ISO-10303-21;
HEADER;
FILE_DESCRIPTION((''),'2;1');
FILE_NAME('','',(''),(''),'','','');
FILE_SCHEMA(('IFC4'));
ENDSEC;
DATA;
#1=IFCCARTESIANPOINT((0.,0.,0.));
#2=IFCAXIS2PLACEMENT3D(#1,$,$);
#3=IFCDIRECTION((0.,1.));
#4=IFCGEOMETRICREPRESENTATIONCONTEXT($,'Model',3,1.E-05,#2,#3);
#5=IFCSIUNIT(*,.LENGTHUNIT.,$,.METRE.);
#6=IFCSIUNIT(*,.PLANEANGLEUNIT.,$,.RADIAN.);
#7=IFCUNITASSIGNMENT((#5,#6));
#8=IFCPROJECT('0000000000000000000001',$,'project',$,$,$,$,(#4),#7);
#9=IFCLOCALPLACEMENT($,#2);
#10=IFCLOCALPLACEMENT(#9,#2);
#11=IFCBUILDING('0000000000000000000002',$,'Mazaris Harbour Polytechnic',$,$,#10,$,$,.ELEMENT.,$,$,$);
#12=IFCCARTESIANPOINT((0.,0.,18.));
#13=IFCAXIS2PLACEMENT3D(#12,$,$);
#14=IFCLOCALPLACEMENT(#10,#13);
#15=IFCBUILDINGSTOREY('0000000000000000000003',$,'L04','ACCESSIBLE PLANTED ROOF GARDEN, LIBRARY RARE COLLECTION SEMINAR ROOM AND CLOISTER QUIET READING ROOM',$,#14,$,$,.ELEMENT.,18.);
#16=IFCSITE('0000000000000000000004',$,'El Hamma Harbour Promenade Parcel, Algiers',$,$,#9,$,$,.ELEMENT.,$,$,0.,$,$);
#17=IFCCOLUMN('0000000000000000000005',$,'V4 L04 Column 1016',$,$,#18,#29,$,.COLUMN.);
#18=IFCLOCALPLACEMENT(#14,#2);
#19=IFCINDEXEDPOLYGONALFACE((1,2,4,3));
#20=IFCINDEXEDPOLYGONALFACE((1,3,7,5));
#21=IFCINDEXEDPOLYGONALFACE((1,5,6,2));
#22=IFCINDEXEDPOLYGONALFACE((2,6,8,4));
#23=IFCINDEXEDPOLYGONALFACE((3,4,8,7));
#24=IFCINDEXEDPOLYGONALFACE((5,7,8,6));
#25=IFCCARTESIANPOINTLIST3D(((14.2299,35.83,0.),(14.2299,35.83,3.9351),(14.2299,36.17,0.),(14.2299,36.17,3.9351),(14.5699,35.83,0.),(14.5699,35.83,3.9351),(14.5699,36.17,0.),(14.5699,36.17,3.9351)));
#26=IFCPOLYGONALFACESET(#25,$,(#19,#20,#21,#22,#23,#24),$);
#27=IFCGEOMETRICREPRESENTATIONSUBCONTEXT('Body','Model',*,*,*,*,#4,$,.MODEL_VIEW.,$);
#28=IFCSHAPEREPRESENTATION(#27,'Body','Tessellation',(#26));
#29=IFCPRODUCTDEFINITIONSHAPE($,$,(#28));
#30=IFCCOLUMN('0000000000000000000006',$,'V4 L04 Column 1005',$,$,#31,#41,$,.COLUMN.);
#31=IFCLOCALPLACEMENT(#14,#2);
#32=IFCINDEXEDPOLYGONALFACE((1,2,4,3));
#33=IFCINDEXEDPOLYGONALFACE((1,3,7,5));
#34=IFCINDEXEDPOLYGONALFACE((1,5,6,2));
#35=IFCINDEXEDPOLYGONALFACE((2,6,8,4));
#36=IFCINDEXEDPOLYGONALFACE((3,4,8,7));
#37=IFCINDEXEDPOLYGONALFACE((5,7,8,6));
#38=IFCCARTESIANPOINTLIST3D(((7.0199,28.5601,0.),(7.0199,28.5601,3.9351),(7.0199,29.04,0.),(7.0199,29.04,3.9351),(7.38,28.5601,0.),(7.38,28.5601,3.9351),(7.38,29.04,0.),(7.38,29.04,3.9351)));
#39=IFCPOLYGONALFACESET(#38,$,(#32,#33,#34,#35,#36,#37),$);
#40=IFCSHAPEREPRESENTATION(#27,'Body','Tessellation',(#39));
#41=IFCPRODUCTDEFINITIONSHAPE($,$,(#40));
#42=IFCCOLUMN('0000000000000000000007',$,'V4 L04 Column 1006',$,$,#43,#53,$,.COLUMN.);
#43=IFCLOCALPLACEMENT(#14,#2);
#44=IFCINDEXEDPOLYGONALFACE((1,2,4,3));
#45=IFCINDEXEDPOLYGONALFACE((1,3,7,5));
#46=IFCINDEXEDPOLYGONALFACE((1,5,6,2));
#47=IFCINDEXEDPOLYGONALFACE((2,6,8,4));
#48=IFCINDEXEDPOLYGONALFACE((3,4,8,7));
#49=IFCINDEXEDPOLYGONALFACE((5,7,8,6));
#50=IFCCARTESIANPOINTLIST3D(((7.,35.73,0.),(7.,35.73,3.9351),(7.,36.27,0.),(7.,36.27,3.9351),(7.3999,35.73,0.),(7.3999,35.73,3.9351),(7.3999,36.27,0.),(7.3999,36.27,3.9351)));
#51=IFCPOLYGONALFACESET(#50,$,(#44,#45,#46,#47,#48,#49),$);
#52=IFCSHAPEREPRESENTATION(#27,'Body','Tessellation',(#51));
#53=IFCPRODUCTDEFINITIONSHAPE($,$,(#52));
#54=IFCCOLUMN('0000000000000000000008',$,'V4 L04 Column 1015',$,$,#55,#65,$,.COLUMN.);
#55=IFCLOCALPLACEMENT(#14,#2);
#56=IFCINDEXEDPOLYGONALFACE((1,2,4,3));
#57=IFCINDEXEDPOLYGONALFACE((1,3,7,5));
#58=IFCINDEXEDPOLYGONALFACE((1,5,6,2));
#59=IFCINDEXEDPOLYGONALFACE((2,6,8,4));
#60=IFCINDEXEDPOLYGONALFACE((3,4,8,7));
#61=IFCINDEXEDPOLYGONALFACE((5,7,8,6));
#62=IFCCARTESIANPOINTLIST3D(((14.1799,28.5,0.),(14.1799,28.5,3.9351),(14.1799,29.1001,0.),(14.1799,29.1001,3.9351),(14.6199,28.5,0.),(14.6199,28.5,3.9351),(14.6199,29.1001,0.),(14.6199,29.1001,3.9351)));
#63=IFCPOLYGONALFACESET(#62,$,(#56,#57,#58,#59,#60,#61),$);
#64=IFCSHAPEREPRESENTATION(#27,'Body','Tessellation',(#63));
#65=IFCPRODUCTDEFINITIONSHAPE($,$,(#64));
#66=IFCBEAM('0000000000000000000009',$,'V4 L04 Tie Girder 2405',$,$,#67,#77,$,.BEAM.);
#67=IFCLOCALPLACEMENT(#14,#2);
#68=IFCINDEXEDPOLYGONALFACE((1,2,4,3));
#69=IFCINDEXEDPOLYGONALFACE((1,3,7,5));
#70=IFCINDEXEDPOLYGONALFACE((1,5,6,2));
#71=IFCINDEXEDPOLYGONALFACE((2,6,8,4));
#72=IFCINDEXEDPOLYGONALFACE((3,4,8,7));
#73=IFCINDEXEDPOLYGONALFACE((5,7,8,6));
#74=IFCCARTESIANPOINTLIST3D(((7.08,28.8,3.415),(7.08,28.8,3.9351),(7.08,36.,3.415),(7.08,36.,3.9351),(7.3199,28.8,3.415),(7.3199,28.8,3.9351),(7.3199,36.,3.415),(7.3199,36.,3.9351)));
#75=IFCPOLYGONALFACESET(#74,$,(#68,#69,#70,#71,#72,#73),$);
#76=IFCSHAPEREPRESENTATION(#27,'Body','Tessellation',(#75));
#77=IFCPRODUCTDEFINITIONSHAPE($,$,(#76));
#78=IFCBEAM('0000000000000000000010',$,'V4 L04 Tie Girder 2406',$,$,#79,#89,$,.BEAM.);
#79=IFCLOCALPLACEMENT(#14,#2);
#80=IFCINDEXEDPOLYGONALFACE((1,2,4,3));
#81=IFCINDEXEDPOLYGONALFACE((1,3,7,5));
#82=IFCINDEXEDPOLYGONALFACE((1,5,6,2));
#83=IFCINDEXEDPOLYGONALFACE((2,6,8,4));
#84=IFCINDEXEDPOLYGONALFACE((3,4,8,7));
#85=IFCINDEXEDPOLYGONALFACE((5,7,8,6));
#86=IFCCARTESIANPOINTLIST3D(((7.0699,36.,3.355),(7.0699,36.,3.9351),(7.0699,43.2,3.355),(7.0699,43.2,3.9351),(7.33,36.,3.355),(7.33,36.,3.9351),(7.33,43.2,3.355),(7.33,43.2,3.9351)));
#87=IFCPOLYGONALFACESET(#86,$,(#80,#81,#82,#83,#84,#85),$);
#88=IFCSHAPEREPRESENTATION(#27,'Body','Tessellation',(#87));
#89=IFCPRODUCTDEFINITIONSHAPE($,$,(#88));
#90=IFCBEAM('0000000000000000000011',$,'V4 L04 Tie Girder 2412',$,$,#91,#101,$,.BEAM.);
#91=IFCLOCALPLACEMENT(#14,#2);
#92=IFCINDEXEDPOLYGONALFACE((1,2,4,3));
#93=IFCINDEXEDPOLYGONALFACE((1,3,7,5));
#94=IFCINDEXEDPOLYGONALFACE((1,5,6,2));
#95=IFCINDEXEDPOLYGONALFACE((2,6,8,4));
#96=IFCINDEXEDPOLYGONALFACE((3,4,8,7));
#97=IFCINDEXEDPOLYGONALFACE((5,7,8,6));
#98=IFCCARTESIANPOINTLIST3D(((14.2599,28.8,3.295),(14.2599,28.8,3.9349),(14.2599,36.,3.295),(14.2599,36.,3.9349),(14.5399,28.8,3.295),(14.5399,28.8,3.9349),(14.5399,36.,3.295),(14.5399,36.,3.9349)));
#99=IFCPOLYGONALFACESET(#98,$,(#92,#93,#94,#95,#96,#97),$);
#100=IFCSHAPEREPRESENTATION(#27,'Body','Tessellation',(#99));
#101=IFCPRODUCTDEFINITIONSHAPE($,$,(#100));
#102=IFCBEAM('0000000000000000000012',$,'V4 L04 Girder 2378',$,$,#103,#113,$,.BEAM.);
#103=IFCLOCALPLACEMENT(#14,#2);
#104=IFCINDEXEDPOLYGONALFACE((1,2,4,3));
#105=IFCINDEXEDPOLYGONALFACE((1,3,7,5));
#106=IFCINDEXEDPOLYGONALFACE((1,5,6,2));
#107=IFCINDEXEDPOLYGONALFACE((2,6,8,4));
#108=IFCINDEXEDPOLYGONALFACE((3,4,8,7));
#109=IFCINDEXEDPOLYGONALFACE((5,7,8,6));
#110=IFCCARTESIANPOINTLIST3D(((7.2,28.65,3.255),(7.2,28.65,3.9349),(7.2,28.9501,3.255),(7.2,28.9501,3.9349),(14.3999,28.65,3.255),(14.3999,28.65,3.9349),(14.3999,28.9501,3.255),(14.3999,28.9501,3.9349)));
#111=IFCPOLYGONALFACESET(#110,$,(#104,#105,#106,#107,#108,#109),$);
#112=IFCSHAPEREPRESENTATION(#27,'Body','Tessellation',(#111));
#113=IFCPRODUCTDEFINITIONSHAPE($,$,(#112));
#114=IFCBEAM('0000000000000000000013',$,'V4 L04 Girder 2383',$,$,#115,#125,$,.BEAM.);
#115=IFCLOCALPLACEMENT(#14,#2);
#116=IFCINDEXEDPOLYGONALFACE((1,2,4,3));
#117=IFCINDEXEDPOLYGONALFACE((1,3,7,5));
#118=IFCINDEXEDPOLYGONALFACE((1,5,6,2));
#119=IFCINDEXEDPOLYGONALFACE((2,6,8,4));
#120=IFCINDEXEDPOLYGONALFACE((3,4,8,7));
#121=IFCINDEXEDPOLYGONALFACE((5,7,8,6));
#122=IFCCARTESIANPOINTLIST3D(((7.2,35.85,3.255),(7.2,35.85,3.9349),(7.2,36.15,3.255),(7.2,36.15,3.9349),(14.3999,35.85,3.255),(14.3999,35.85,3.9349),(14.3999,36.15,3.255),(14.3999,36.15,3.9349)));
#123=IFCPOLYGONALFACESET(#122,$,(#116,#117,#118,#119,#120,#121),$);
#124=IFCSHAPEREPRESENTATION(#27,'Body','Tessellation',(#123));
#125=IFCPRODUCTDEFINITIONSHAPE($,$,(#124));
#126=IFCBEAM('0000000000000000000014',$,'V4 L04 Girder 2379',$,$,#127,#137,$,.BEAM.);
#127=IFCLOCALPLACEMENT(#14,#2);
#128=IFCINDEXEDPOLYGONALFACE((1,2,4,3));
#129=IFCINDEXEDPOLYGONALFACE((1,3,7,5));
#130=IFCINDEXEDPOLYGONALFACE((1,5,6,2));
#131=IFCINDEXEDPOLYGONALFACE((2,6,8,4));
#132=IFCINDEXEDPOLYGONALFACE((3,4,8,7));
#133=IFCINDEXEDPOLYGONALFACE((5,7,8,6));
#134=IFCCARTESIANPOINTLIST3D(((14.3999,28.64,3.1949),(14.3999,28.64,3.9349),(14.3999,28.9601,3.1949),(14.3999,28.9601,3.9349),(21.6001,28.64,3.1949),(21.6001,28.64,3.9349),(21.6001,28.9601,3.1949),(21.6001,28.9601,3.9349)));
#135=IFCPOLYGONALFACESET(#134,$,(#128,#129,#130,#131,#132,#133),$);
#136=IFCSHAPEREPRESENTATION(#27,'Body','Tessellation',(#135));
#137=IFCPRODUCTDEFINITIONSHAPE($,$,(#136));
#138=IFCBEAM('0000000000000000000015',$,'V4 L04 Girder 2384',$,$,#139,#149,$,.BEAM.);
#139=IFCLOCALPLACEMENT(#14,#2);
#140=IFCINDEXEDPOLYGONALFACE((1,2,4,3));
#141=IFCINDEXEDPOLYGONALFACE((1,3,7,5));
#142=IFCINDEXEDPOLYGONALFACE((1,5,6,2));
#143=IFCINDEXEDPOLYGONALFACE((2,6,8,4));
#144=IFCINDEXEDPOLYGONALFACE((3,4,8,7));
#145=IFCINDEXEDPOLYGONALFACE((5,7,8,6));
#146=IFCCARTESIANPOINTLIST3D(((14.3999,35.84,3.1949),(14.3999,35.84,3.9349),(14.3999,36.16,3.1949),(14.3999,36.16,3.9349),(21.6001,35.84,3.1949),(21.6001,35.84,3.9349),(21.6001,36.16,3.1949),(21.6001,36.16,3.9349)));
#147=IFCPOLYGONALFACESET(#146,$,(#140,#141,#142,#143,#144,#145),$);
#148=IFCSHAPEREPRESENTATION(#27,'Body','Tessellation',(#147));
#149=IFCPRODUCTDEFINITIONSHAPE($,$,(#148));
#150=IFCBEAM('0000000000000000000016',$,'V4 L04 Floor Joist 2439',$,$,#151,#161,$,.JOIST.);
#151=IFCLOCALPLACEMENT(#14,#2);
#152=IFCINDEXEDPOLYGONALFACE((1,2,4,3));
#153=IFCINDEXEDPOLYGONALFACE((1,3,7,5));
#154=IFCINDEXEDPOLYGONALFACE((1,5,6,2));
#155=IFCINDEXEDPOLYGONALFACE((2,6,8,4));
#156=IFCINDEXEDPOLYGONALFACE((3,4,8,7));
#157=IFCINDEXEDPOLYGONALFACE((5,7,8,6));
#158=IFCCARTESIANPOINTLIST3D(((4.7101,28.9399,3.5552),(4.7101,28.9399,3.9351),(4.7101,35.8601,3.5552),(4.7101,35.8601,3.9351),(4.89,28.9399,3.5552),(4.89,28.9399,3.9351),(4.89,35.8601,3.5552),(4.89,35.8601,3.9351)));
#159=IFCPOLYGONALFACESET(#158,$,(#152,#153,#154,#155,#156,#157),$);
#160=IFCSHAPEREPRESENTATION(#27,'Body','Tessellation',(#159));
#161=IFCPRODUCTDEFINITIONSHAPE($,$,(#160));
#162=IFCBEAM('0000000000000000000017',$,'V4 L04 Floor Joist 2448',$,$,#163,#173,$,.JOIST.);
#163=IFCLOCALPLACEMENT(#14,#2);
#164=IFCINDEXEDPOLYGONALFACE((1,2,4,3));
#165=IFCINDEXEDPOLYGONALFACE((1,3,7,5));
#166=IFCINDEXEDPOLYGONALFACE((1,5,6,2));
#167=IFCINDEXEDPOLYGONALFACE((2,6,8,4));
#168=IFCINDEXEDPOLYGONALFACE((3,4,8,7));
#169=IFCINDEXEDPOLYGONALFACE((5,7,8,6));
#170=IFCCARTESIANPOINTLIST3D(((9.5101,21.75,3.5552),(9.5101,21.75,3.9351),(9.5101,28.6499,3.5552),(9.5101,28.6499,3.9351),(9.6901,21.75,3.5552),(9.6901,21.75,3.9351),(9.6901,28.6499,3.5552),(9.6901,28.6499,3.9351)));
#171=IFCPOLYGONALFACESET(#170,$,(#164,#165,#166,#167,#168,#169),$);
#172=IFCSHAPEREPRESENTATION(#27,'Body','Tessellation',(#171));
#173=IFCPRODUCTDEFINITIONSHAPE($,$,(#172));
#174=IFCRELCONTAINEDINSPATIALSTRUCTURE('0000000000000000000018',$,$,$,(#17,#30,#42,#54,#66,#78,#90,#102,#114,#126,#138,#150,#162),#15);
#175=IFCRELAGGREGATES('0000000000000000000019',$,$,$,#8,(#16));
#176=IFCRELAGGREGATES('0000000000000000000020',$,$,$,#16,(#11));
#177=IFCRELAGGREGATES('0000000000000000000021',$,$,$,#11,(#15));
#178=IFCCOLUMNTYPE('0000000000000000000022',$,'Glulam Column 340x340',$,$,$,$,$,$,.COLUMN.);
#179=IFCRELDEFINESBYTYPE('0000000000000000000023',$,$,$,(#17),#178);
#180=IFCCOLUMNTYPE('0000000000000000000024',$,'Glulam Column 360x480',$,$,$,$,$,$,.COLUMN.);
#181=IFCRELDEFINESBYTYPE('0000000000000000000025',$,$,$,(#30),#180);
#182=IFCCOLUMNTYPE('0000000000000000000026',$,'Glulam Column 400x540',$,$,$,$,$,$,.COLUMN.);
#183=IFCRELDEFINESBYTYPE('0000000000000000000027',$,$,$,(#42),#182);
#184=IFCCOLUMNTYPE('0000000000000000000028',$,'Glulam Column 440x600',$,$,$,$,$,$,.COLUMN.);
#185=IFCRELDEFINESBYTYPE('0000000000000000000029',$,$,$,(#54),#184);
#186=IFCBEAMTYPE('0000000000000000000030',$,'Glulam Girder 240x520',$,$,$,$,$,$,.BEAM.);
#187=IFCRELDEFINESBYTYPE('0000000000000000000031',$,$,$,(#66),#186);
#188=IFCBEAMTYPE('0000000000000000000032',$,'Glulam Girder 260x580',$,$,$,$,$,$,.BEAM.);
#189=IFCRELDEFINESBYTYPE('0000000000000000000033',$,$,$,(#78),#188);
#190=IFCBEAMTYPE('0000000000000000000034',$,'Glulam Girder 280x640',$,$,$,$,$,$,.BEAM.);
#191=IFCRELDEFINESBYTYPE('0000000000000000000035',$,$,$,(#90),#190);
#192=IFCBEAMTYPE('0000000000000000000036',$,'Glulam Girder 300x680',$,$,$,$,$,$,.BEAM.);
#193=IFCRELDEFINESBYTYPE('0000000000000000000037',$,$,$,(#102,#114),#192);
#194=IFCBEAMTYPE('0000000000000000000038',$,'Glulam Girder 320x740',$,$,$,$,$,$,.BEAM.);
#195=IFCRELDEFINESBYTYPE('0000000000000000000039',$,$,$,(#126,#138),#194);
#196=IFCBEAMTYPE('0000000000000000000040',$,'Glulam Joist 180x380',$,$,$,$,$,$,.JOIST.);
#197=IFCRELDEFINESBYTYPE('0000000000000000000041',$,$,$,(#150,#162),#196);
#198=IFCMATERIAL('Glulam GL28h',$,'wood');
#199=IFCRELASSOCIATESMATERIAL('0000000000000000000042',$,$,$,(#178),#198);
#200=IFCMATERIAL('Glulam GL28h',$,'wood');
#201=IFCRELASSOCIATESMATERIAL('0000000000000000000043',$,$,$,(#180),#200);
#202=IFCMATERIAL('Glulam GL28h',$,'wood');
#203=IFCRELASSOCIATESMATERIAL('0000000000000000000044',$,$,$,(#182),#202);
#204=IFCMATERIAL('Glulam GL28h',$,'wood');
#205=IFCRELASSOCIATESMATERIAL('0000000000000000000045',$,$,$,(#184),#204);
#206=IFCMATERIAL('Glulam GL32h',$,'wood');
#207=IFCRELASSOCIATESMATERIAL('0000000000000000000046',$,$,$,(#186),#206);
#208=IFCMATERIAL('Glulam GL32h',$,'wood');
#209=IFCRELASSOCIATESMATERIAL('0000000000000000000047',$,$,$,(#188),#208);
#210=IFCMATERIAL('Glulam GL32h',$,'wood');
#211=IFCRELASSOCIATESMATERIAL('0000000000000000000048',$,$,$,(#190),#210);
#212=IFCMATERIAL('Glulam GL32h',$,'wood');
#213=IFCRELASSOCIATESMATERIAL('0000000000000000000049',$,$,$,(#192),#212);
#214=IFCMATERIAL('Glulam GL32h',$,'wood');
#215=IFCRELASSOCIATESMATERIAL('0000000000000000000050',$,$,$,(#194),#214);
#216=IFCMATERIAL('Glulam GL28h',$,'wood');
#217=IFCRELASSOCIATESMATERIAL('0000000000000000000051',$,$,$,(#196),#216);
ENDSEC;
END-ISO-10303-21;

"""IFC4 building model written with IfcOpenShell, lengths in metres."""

from ifc_helpers import new_model, si_unit, direction, frame, origin, origin_2d, place, context, subcontext, project, spatial, rectangle, extrude, material, material_profile, profile_set, type_object, element, save


model = new_model("IFC4")

# Units and contexts
model_context = context("Model", 3, precision=1e-05, world=origin(), true_north=direction((0.0, 1.0)))
body_context = subcontext(model_context, "Body", "Model", "MODEL_VIEW")
ifc_project = project(units=[si_unit("LENGTHUNIT", "METRE"), si_unit("PLANEANGLEUNIT", "RADIAN")], contexts=[model_context])

# Site, building, storey
site_placement = place(None, origin())
site = spatial("IfcSite", under=ifc_project, at=site_placement, Name="El Hamma Harbour Promenade Parcel, Algiers", CompositionType="ELEMENT", RefElevation=0.0)
building_placement = place(site_placement, origin())
building = spatial("IfcBuilding", under=site, at=building_placement, Name="Mazaris Harbour Polytechnic", CompositionType="ELEMENT")
storey_placement = place(building_placement, frame((0.0, 0.0, 18.0)))
storey = spatial("IfcBuildingStorey", under=building, at=storey_placement, Name="L04", Description="ACCESSIBLE PLANTED ROOF GARDEN, LIBRARY RARE COLLECTION SEMINAR ROOM AND CLOISTER QUIET READING ROOM", CompositionType="ELEMENT", Elevation=18.0)

# Columns
ifc_material_1 = material(Name="Glulam GL28h", Category="wood")
ifc_material_profile_1 = material_profile(ifc_material_1, rectangle(XDim=0.3401, YDim=0.3401, at=origin_2d()), Name="RECT340x340")
ifc_profile_set_1 = profile_set([ifc_material_profile_1], Name="Glulam GL28h")
column_type_1 = type_object("IfcColumnType", Name="Glulam Column 340x340", PredefinedType="COLUMN", material=ifc_profile_set_1)
column_1_placement = place(storey_placement, frame((14.3999, 36.0, 0.0), z_axis=(0.0, 0.0, 1.0), x_axis=(1.0, 0.0, 0.0)))
element("IfcColumn", 1, at=column_1_placement, inside=storey, type_object=column_type_1, Name="V4 L04 Column 1016", PredefinedType="COLUMN", context=body_context, shape_type="SweptSolid", body=[
    extrude(rectangle(XDim=0.3401, YDim=0.3401, at=origin_2d()), origin(), (0.0, 0.0, 1.0), 3.9351),
])
ifc_material_2 = material(Name="Glulam GL28h", Category="wood")
ifc_material_profile_2 = material_profile(ifc_material_2, rectangle(XDim=0.3601, YDim=0.48, at=origin_2d()), Name="RECT360x480")
ifc_profile_set_2 = profile_set([ifc_material_profile_2], Name="Glulam GL28h")
column_type_2 = type_object("IfcColumnType", Name="Glulam Column 360x480", PredefinedType="COLUMN", material=ifc_profile_set_2)
column_2_placement = place(storey_placement, frame((7.2, 28.8, 0.0), z_axis=(0.0, 0.0, 1.0), x_axis=(1.0, 0.0, 0.0)))
element("IfcColumn", 2, at=column_2_placement, inside=storey, type_object=column_type_2, Name="V4 L04 Column 1005", PredefinedType="COLUMN", context=body_context, shape_type="SweptSolid", body=[
    extrude(rectangle(XDim=0.3601, YDim=0.48, at=origin_2d()), origin(), (0.0, 0.0, 1.0), 3.9351),
])
ifc_material_3 = material(Name="Glulam GL28h", Category="wood")
ifc_material_profile_3 = material_profile(ifc_material_3, rectangle(XDim=0.3999, YDim=0.54, at=origin_2d()), Name="RECT400x540")
ifc_profile_set_3 = profile_set([ifc_material_profile_3], Name="Glulam GL28h")
column_type_3 = type_object("IfcColumnType", Name="Glulam Column 400x540", PredefinedType="COLUMN", material=ifc_profile_set_3)
column_3_placement = place(storey_placement, frame((7.2, 36.0, 0.0), z_axis=(0.0, 0.0, 1.0), x_axis=(1.0, 0.0, 0.0)))
element("IfcColumn", 3, at=column_3_placement, inside=storey, type_object=column_type_3, Name="V4 L04 Column 1006", PredefinedType="COLUMN", context=body_context, shape_type="SweptSolid", body=[
    extrude(rectangle(XDim=0.3999, YDim=0.54, at=origin_2d()), origin(), (0.0, 0.0, 1.0), 3.9351),
])
ifc_material_4 = material(Name="Glulam GL28h", Category="wood")
ifc_material_profile_4 = material_profile(ifc_material_4, rectangle(XDim=0.4399, YDim=0.6001, at=origin_2d()), Name="RECT440x600")
ifc_profile_set_4 = profile_set([ifc_material_profile_4], Name="Glulam GL28h")
column_type_4 = type_object("IfcColumnType", Name="Glulam Column 440x600", PredefinedType="COLUMN", material=ifc_profile_set_4)
column_4_placement = place(storey_placement, frame((14.3999, 28.8, 0.0), z_axis=(0.0, 0.0, 1.0), x_axis=(1.0, 0.0, 0.0)))
element("IfcColumn", 4, at=column_4_placement, inside=storey, type_object=column_type_4, Name="V4 L04 Column 1015", PredefinedType="COLUMN", context=body_context, shape_type="SweptSolid", body=[
    extrude(rectangle(XDim=0.4399, YDim=0.6001, at=origin_2d()), origin(), (0.0, 0.0, 1.0), 3.9351),
])

# Beams
ifc_material_5 = material(Name="Glulam GL32h", Category="wood")
ifc_material_profile_5 = material_profile(ifc_material_5, rectangle(XDim=0.24, YDim=0.52, at=origin_2d()), Name="RECT240x520")
ifc_profile_set_5 = profile_set([ifc_material_profile_5], Name="Glulam GL32h")
beam_type_1 = type_object("IfcBeamType", Name="Glulam Girder 240x520", PredefinedType="BEAM", material=ifc_profile_set_5)
beam_1_placement = place(storey_placement, frame((7.2, 28.8, 3.675), z_axis=(0.0, 1.0, 0.0), x_axis=(-1.0, 0.0, 0.0)))
element("IfcBeam", 5, at=beam_1_placement, inside=storey, type_object=beam_type_1, Name="V4 L04 Tie Girder 2405", PredefinedType="BEAM", context=body_context, shape_type="SweptSolid", body=[
    extrude(rectangle(XDim=0.24, YDim=0.52, at=origin_2d()), origin(), (0.0, 0.0, 1.0), 7.2),
])
ifc_material_6 = material(Name="Glulam GL32h", Category="wood")
ifc_material_profile_6 = material_profile(ifc_material_6, rectangle(XDim=0.26, YDim=0.5801, at=origin_2d()), Name="RECT260x580")
ifc_profile_set_6 = profile_set([ifc_material_profile_6], Name="Glulam GL32h")
beam_type_2 = type_object("IfcBeamType", Name="Glulam Girder 260x580", PredefinedType="BEAM", material=ifc_profile_set_6)
beam_2_placement = place(storey_placement, frame((7.2, 36.0, 3.645), z_axis=(0.0, 1.0, 0.0), x_axis=(-1.0, 0.0, 0.0)))
element("IfcBeam", 6, at=beam_2_placement, inside=storey, type_object=beam_type_2, Name="V4 L04 Tie Girder 2406", PredefinedType="BEAM", context=body_context, shape_type="SweptSolid", body=[
    extrude(rectangle(XDim=0.26, YDim=0.5801, at=origin_2d()), origin(), (0.0, 0.0, 1.0), 7.2),
])
ifc_material_7 = material(Name="Glulam GL32h", Category="wood")
ifc_material_profile_7 = material_profile(ifc_material_7, rectangle(XDim=0.28, YDim=0.6399, at=origin_2d()), Name="RECT280x640")
ifc_profile_set_7 = profile_set([ifc_material_profile_7], Name="Glulam GL32h")
beam_type_3 = type_object("IfcBeamType", Name="Glulam Girder 280x640", PredefinedType="BEAM", material=ifc_profile_set_7)
beam_3_placement = place(storey_placement, frame((14.3999, 28.8, 3.615), z_axis=(0.0, 1.0, 0.0), x_axis=(-1.0, 0.0, 0.0)))
element("IfcBeam", 7, at=beam_3_placement, inside=storey, type_object=beam_type_3, Name="V4 L04 Tie Girder 2412", PredefinedType="BEAM", context=body_context, shape_type="SweptSolid", body=[
    extrude(rectangle(XDim=0.28, YDim=0.6399, at=origin_2d()), origin(), (0.0, 0.0, 1.0), 7.2),
])
ifc_material_8 = material(Name="Glulam GL32h", Category="wood")
ifc_material_profile_8 = material_profile(ifc_material_8, rectangle(XDim=0.3, YDim=0.6799, at=origin_2d()), Name="RECT300x680")
ifc_profile_set_8 = profile_set([ifc_material_profile_8], Name="Glulam GL32h")
beam_type_4 = type_object("IfcBeamType", Name="Glulam Girder 300x680", PredefinedType="BEAM", material=ifc_profile_set_8)
for number, where, z_axis, x_axis, name in (
    (8, (7.2, 28.8, 3.595), (1.0, 0.0, 0.0), (0.0, 1.0, 0.0), "V4 L04 Girder 2378"),
    (9, (7.2, 36.0, 3.595), (1.0, 0.0, 0.0), (0.0, 1.0, 0.0), "V4 L04 Girder 2383"),
):
    element("IfcBeam", number, at=place(storey_placement, frame(where, z_axis=z_axis, x_axis=x_axis)), inside=storey, type_object=beam_type_4, Name=name, PredefinedType="BEAM", context=body_context, shape_type="SweptSolid", body=[
        extrude(rectangle(XDim=0.3, YDim=0.6799, at=origin_2d()), origin(), (0.0, 0.0, 1.0), 7.2),
    ])
ifc_material_9 = material(Name="Glulam GL32h", Category="wood")
ifc_material_profile_9 = material_profile(ifc_material_9, rectangle(XDim=0.3201, YDim=0.74, at=origin_2d()), Name="RECT320x740")
ifc_profile_set_9 = profile_set([ifc_material_profile_9], Name="Glulam GL32h")
beam_type_5 = type_object("IfcBeamType", Name="Glulam Girder 320x740", PredefinedType="BEAM", material=ifc_profile_set_9)
for number, where, z_axis, x_axis, name in (
    (10, (14.3999, 28.8, 3.5649), (1.0, 0.0, 0.0), (0.0, 1.0, 0.0), "V4 L04 Girder 2379"),
    (11, (14.3999, 36.0, 3.5649), (1.0, 0.0, 0.0), (0.0, 1.0, 0.0), "V4 L04 Girder 2384"),
):
    element("IfcBeam", number, at=place(storey_placement, frame(where, z_axis=z_axis, x_axis=x_axis)), inside=storey, type_object=beam_type_5, Name=name, PredefinedType="BEAM", context=body_context, shape_type="SweptSolid", body=[
        extrude(rectangle(XDim=0.3201, YDim=0.74, at=origin_2d()), origin(), (0.0, 0.0, 1.0), 7.2002),
    ])
ifc_material_10 = material(Name="Glulam GL28h", Category="wood")
ifc_material_profile_10 = material_profile(ifc_material_10, rectangle(XDim=0.1799, YDim=0.3799, at=origin_2d()), Name="RECT180x380")
ifc_profile_set_10 = profile_set([ifc_material_profile_10], Name="Glulam GL28h")
beam_type_6 = type_object("IfcBeamType", Name="Glulam Joist 180x380", PredefinedType="JOIST", material=ifc_profile_set_10)
beam_4_placement = place(storey_placement, frame((4.8, 28.9399, 3.7451), z_axis=(0.0, 1.0, 0.0), x_axis=(-1.0, 0.0, 0.0)))
element("IfcBeam", 12, at=beam_4_placement, inside=storey, type_object=beam_type_6, Name="V4 L04 Floor Joist 2439", PredefinedType="JOIST", context=body_context, shape_type="SweptSolid", body=[
    extrude(rectangle(XDim=0.1799, YDim=0.3799, at=origin_2d()), origin(), (0.0, 0.0, 1.0), 6.9202),
])
beam_5_placement = place(storey_placement, frame((9.6001, 21.75, 3.7451), z_axis=(0.0, 1.0, 0.0), x_axis=(-1.0, 0.0, 0.0)))
element("IfcBeam", 13, at=beam_5_placement, inside=storey, type_object=beam_type_6, Name="V4 L04 Floor Joist 2448", PredefinedType="JOIST", context=body_context, shape_type="SweptSolid", body=[
    extrude(rectangle(XDim=0.1799, YDim=0.3799, at=origin_2d()), origin(), (0.0, 0.0, 1.0), 6.8999),
])

save(model, "model.ifc")
